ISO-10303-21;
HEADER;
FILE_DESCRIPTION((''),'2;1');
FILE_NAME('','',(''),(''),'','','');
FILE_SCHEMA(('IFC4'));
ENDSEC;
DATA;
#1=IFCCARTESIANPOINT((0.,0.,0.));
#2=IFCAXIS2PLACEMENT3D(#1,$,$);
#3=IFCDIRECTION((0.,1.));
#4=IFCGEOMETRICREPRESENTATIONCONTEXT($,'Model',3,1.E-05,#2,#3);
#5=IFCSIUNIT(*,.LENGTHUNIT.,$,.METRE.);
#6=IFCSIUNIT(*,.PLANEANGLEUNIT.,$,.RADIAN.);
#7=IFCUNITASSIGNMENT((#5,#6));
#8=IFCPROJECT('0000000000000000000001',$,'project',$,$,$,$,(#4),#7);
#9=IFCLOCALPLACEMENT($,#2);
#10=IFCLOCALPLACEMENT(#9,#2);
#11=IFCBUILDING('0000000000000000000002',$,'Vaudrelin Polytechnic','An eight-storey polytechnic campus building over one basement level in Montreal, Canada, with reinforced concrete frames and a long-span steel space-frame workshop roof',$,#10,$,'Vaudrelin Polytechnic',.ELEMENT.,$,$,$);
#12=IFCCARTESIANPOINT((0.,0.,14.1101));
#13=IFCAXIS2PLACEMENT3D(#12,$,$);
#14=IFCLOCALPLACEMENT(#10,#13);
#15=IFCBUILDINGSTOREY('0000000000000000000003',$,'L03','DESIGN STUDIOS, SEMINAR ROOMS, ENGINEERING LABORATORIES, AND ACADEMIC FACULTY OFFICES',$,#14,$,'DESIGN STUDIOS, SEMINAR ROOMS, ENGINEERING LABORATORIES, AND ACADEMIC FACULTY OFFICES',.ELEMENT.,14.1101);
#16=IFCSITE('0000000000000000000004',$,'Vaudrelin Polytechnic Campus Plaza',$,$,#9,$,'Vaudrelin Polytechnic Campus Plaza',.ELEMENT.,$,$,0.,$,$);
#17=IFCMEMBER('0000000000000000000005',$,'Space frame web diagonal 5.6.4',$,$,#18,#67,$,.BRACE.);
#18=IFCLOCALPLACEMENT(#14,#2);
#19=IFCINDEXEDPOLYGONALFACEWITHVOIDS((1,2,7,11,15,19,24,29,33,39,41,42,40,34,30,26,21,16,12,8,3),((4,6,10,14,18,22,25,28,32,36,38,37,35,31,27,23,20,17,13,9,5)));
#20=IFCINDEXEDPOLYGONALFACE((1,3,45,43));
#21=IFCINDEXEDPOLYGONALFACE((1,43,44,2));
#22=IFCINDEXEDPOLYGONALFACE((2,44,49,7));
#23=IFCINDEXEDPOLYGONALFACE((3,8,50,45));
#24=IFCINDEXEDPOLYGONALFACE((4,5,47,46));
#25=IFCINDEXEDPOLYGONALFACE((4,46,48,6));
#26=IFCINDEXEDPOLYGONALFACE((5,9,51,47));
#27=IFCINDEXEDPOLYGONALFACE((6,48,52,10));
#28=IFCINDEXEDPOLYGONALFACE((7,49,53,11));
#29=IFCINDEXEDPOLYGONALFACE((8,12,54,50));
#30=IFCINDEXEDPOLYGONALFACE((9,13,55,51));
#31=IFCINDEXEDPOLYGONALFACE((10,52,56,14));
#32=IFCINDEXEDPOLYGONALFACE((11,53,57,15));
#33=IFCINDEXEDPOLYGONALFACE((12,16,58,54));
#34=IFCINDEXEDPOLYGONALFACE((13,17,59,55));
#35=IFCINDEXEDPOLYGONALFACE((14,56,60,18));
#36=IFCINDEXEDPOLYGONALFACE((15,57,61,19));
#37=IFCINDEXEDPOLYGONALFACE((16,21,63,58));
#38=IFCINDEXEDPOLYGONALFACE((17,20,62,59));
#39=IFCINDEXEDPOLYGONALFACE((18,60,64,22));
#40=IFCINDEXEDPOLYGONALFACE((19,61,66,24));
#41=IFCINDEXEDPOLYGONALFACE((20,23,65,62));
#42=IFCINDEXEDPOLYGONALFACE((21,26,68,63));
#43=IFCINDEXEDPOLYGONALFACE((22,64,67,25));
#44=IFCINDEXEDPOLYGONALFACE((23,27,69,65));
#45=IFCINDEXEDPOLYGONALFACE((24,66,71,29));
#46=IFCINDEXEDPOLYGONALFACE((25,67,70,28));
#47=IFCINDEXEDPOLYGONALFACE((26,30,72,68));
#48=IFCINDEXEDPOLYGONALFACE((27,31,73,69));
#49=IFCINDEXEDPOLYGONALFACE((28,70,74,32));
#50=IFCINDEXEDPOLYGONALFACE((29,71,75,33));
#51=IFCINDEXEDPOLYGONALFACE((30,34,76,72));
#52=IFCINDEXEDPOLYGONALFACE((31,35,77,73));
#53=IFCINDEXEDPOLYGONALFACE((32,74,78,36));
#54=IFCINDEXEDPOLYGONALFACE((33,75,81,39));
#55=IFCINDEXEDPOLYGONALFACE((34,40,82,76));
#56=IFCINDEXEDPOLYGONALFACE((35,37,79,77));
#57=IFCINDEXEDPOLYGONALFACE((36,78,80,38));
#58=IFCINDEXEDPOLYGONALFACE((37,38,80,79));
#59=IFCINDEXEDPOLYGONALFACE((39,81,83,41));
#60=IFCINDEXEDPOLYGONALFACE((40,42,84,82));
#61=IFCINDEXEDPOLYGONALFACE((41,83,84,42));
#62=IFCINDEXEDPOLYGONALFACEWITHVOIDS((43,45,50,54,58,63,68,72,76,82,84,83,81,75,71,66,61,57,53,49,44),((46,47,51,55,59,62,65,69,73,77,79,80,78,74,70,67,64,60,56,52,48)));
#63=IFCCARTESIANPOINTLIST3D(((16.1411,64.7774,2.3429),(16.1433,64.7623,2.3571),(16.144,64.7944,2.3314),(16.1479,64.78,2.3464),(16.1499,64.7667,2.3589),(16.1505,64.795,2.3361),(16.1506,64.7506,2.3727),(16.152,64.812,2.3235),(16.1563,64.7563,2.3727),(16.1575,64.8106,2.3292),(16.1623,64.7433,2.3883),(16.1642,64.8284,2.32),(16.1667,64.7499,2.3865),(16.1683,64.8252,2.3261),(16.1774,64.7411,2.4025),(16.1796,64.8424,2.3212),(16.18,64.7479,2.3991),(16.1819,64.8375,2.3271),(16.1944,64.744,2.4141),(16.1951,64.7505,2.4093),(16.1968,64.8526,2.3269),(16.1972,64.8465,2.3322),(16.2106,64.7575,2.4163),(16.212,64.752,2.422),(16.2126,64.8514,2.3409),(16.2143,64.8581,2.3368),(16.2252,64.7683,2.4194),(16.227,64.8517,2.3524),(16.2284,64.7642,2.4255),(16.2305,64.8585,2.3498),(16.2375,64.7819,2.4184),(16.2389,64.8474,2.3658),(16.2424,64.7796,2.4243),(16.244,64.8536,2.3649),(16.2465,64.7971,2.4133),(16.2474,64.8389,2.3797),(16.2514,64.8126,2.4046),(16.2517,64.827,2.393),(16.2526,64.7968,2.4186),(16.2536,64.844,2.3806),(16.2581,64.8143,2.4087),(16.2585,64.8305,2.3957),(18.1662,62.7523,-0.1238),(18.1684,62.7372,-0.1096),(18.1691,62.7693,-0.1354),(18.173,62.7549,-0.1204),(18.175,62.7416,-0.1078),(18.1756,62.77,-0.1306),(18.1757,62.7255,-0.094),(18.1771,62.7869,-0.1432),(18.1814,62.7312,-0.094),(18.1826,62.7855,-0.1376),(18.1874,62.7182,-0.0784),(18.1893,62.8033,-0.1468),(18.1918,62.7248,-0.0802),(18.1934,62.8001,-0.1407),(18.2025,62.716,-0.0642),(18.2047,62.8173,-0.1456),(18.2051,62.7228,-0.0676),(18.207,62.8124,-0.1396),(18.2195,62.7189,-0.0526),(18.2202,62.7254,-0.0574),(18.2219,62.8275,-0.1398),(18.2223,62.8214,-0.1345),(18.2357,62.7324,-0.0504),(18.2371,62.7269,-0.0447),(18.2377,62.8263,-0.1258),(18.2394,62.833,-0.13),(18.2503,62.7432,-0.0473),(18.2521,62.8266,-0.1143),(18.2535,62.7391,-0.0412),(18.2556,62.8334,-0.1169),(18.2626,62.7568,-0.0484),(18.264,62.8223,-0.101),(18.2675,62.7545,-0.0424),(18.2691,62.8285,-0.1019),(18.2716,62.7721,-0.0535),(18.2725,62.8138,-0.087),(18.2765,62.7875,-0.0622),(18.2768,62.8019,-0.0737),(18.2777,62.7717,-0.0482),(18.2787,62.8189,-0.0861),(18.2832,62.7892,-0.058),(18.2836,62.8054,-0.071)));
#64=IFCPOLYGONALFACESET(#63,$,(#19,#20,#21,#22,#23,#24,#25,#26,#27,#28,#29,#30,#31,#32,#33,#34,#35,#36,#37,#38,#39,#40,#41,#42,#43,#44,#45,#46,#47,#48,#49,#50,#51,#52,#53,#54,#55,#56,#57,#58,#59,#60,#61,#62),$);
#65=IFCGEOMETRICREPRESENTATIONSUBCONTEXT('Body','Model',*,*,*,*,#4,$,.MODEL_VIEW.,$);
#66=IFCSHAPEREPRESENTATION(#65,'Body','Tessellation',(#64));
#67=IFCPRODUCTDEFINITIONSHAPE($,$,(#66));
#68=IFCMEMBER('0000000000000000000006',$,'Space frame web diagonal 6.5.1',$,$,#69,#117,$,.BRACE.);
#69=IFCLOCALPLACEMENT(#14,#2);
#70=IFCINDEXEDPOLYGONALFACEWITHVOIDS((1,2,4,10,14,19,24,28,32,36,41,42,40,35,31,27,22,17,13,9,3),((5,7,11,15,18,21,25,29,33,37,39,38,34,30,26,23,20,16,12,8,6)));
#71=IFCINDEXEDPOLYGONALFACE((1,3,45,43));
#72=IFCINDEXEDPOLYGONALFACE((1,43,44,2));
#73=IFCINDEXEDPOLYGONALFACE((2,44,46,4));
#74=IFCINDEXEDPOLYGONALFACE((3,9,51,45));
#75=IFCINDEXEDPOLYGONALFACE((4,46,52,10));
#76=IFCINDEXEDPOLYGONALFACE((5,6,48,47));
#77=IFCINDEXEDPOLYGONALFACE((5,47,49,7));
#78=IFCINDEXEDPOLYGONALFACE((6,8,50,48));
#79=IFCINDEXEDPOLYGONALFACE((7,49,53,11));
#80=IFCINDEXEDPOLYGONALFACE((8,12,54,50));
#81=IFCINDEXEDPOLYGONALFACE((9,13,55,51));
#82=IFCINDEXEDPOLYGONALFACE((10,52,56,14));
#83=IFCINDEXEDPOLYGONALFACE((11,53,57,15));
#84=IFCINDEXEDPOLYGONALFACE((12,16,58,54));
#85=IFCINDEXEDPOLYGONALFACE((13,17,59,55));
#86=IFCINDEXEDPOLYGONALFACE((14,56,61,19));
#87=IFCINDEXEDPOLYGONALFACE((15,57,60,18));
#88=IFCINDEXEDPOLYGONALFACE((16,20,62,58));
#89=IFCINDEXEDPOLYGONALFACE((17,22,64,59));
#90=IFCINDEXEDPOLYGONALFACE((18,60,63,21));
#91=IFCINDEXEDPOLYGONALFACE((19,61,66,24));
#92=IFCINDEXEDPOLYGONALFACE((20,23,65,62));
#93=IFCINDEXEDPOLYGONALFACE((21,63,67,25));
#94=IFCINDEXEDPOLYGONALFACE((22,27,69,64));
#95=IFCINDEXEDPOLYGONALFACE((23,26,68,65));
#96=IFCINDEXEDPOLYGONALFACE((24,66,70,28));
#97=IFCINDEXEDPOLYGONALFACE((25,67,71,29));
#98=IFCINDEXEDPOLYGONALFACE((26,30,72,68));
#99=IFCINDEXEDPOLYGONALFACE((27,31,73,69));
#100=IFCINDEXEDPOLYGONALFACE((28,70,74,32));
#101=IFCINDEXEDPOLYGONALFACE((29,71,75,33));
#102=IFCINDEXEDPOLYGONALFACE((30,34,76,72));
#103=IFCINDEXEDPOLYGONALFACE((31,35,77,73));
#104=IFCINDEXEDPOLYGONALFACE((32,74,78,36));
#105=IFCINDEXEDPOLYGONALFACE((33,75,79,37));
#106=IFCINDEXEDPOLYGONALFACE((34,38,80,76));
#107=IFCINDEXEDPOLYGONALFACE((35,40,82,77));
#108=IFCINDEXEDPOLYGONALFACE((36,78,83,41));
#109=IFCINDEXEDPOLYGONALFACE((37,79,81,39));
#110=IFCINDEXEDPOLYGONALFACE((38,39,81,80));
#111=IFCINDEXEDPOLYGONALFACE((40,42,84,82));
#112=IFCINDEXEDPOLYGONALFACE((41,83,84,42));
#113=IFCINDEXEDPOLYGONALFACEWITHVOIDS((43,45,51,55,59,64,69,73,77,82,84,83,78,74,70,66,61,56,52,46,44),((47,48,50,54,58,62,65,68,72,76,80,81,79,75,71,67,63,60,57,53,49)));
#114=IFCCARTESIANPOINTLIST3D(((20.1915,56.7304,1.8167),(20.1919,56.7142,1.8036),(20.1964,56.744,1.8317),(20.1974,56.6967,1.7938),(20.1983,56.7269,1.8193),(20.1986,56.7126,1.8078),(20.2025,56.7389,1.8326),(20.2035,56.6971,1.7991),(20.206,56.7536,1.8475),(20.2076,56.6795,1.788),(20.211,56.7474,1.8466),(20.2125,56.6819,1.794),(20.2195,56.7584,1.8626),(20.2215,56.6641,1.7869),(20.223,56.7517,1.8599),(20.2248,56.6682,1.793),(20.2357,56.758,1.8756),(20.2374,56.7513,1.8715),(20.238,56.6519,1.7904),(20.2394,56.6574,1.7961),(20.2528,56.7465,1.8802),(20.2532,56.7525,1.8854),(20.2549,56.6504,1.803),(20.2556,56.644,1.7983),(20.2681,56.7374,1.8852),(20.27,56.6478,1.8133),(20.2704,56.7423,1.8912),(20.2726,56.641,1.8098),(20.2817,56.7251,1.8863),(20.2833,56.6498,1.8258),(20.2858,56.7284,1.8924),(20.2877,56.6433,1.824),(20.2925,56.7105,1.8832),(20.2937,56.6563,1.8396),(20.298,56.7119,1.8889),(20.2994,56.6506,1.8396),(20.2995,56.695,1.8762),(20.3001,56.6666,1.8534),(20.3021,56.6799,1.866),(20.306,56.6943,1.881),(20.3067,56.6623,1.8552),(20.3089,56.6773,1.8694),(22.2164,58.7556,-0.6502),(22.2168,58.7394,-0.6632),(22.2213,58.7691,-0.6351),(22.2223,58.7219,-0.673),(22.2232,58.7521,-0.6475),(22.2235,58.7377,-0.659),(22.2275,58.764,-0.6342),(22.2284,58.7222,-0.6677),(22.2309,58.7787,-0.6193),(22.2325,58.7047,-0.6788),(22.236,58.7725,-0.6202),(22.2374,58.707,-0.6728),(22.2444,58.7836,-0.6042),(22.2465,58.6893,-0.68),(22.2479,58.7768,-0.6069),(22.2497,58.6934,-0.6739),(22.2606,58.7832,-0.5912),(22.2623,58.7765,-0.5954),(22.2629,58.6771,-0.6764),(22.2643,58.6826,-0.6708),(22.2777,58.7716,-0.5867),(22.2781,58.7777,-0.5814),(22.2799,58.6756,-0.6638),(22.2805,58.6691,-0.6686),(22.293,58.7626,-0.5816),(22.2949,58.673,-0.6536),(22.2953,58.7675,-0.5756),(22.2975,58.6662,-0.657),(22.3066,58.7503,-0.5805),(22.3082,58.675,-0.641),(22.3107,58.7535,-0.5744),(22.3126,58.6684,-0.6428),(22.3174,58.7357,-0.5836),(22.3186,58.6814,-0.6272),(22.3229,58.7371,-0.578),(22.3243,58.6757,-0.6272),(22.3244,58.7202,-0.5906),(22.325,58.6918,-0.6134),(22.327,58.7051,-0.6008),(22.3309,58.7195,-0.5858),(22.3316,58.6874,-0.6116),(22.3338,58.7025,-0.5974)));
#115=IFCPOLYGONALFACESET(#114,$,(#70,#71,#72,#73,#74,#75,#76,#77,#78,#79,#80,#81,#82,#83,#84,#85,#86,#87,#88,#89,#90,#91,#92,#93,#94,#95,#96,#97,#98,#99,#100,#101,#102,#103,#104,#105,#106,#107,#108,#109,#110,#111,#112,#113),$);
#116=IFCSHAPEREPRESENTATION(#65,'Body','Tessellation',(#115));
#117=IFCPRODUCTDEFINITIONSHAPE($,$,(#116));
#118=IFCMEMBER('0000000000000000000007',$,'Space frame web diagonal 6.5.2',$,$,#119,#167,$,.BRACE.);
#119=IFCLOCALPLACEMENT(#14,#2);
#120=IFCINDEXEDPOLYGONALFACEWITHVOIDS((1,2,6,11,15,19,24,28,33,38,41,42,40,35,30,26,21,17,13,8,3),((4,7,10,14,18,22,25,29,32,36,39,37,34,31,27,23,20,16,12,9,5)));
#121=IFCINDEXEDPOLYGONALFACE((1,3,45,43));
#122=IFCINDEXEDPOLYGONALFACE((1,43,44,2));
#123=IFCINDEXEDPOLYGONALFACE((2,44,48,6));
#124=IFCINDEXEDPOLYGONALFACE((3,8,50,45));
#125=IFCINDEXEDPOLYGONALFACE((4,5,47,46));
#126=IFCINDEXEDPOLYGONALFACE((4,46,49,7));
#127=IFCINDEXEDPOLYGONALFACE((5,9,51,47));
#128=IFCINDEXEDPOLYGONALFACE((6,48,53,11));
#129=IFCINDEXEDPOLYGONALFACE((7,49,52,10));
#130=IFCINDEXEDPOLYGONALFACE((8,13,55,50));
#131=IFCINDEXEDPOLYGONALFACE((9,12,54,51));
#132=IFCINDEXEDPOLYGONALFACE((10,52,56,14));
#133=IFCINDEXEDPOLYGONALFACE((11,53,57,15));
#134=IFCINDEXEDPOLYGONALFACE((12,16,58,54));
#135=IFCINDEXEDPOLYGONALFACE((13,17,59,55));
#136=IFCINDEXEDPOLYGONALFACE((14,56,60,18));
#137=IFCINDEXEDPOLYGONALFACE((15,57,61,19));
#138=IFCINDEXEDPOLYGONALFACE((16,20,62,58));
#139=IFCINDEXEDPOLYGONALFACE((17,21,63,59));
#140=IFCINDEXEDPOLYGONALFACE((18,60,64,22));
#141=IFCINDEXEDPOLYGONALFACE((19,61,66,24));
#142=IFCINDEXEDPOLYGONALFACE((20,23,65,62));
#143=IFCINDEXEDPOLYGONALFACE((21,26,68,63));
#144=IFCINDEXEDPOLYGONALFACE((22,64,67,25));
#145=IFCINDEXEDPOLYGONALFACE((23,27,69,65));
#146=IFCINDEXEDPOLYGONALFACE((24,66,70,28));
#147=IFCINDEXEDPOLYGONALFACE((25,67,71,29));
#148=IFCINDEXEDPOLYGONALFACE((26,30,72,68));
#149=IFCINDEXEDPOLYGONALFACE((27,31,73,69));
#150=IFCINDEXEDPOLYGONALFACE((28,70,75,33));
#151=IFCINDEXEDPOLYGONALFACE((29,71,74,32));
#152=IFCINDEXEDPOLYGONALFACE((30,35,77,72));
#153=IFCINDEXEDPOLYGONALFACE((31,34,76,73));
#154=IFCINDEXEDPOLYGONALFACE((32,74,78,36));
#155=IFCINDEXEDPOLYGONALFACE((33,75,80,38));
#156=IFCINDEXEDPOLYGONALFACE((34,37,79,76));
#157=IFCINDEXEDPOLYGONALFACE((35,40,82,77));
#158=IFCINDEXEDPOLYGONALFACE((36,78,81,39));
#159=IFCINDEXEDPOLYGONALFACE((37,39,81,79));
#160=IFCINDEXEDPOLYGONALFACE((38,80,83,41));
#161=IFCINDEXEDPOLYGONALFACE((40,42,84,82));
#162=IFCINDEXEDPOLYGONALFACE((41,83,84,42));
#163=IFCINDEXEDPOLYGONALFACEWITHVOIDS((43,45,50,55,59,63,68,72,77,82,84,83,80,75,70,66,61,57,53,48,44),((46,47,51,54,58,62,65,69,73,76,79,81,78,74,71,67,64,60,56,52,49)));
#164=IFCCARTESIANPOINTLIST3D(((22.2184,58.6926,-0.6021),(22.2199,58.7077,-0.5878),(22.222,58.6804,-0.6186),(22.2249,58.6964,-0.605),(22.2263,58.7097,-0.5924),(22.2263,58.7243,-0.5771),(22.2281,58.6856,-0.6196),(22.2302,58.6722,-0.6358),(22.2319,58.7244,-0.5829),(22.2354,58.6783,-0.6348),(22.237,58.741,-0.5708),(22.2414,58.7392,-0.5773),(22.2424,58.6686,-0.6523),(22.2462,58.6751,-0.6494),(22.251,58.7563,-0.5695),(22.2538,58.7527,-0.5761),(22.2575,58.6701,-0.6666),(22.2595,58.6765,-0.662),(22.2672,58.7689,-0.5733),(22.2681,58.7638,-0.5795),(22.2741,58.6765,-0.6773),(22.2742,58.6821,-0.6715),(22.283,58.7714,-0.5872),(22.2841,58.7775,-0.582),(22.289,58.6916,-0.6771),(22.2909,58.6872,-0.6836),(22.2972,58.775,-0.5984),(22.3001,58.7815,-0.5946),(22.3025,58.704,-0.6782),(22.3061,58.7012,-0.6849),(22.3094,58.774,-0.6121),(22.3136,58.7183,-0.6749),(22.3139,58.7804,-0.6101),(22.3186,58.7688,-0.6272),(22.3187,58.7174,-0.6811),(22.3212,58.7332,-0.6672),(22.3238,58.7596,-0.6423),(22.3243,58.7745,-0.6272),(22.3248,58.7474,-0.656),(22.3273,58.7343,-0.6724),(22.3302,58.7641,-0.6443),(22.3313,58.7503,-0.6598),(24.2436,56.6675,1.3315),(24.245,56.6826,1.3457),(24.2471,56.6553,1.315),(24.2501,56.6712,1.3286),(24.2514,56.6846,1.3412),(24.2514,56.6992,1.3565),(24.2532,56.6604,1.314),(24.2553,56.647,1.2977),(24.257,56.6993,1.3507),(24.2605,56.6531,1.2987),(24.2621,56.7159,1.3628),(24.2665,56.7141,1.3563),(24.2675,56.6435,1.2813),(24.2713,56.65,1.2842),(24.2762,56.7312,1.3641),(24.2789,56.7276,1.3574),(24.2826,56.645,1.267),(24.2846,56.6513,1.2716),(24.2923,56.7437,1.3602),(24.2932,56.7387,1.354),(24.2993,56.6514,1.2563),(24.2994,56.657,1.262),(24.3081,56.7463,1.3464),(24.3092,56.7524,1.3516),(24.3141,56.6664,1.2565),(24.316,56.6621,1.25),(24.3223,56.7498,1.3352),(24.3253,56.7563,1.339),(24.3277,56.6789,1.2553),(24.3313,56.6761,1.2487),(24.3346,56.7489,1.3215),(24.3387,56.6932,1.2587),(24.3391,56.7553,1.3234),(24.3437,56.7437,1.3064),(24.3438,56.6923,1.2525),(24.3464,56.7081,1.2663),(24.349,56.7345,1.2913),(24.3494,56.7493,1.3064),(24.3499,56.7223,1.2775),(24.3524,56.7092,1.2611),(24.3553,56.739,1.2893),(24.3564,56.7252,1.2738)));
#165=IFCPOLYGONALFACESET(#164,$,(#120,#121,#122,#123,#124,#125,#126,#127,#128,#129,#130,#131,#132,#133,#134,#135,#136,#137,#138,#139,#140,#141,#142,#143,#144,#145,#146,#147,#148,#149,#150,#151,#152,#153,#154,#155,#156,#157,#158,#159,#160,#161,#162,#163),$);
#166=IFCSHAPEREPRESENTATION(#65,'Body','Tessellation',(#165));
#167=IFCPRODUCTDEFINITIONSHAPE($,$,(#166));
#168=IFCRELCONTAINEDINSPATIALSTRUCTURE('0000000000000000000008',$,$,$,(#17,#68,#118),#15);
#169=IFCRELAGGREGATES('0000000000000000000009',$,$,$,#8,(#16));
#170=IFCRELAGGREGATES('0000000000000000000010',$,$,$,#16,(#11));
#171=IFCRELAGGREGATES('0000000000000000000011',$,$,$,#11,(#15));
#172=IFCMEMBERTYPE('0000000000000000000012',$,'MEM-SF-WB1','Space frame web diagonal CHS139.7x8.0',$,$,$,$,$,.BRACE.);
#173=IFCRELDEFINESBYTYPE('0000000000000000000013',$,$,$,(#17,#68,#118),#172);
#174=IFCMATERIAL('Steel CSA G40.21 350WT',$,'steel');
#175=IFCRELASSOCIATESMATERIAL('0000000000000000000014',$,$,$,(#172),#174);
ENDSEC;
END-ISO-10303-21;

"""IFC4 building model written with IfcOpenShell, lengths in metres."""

from ifc_helpers import new_model, si_unit, direction, frame, origin, origin_2d, place, context, subcontext, project, spatial, hollow_circle, extrude, material, material_profile, profile_set, type_object, element, save


model = new_model("IFC4")

# Units and contexts
model_context = context("Model", 3, precision=1e-05, world=origin(), true_north=direction((0.0, 1.0)))
body_context = subcontext(model_context, "Body", "Model", "MODEL_VIEW")
ifc_project = project(units=[si_unit("LENGTHUNIT", "METRE"), si_unit("PLANEANGLEUNIT", "RADIAN")], contexts=[model_context])

# Site, building, storey
site_placement = place(None, origin())
site = spatial("IfcSite", under=ifc_project, at=site_placement, Name="Vaudrelin Polytechnic Campus Plaza", LongName="Vaudrelin Polytechnic Campus Plaza", CompositionType="ELEMENT", RefElevation=0.0)
building_placement = place(site_placement, origin())
building = spatial("IfcBuilding", under=site, at=building_placement, Name="Vaudrelin Polytechnic", Description="An eight-storey polytechnic campus building over one basement level in Montreal, Canada, with reinforced concrete frames and a long-span steel space-frame workshop roof", LongName="Vaudrelin Polytechnic", CompositionType="ELEMENT")
storey_placement = place(building_placement, frame((0.0, 0.0, 14.1101)))
storey = spatial("IfcBuildingStorey", under=building, at=storey_placement, Name="L03", Description="DESIGN STUDIOS, SEMINAR ROOMS, ENGINEERING LABORATORIES, AND ACADEMIC FACULTY OFFICES", LongName="DESIGN STUDIOS, SEMINAR ROOMS, ENGINEERING LABORATORIES, AND ACADEMIC FACULTY OFFICES", CompositionType="ELEMENT", Elevation=14.1101)

# Members
ifc_material = material(Name="Steel CSA G40.21 350WT", Category="steel")
ifc_material_profile_1 = material_profile(ifc_material, hollow_circle(Radius=0.0698, WallThickness=0.0081, at=origin_2d()), Name="CHS139.7x8.0")
ifc_profile_set_1 = profile_set([ifc_material_profile_1], Name="Steel CSA G40.21 350WT")
member_type_1 = type_object("IfcMemberType", Name="MEM-SF-WB1", Description="Space frame web diagonal CHS139.7x8.0", PredefinedType="BRACE", material=ifc_profile_set_1)
for number, where, z_axis, x_axis, name in (
    (1, (18.2251, 62.7749, -0.094), (-0.535769, 0.535769, 0.652612), (-0.707107, -0.707107, 0.0), "Space frame web diagonal 5.6.4"),
    (2, (22.2749, 58.7251, -0.6272), (-0.535723, -0.535788, 0.652634), (0.707149, -0.707064, 0.0), "Space frame web diagonal 6.5.1"),
):
    element("IfcMember", number, at=place(storey_placement, frame(where, z_axis=z_axis, x_axis=x_axis)), inside=storey, type_object=member_type_1, Name=name, PredefinedType="BRACE", context=body_context, shape_type="SweptSolid", body=[
        extrude(hollow_circle(Radius=0.0698, WallThickness=0.0081, at=origin_2d()), origin(), (0.0, 0.0, 1.0), 3.7798),
    ])
for number, where, z_axis, x_axis, name in (
    (3, (22.2749, 58.7251, -0.6272), (0.586046, -0.586046, 0.559553), (0.707107, 0.707107, 0.0), "Space frame web diagonal 6.5.2"),
):
    element("IfcMember", number, at=place(storey_placement, frame(where, z_axis=z_axis, x_axis=x_axis)), inside=storey, type_object=member_type_1, Name=name, PredefinedType="BRACE", context=body_context, shape_type="SweptSolid", body=[
        extrude(hollow_circle(Radius=0.0698, WallThickness=0.0081, at=origin_2d()), origin(), (0.0, 0.0, 1.0), 3.4556),
    ])

save(model, "model.ifc")
